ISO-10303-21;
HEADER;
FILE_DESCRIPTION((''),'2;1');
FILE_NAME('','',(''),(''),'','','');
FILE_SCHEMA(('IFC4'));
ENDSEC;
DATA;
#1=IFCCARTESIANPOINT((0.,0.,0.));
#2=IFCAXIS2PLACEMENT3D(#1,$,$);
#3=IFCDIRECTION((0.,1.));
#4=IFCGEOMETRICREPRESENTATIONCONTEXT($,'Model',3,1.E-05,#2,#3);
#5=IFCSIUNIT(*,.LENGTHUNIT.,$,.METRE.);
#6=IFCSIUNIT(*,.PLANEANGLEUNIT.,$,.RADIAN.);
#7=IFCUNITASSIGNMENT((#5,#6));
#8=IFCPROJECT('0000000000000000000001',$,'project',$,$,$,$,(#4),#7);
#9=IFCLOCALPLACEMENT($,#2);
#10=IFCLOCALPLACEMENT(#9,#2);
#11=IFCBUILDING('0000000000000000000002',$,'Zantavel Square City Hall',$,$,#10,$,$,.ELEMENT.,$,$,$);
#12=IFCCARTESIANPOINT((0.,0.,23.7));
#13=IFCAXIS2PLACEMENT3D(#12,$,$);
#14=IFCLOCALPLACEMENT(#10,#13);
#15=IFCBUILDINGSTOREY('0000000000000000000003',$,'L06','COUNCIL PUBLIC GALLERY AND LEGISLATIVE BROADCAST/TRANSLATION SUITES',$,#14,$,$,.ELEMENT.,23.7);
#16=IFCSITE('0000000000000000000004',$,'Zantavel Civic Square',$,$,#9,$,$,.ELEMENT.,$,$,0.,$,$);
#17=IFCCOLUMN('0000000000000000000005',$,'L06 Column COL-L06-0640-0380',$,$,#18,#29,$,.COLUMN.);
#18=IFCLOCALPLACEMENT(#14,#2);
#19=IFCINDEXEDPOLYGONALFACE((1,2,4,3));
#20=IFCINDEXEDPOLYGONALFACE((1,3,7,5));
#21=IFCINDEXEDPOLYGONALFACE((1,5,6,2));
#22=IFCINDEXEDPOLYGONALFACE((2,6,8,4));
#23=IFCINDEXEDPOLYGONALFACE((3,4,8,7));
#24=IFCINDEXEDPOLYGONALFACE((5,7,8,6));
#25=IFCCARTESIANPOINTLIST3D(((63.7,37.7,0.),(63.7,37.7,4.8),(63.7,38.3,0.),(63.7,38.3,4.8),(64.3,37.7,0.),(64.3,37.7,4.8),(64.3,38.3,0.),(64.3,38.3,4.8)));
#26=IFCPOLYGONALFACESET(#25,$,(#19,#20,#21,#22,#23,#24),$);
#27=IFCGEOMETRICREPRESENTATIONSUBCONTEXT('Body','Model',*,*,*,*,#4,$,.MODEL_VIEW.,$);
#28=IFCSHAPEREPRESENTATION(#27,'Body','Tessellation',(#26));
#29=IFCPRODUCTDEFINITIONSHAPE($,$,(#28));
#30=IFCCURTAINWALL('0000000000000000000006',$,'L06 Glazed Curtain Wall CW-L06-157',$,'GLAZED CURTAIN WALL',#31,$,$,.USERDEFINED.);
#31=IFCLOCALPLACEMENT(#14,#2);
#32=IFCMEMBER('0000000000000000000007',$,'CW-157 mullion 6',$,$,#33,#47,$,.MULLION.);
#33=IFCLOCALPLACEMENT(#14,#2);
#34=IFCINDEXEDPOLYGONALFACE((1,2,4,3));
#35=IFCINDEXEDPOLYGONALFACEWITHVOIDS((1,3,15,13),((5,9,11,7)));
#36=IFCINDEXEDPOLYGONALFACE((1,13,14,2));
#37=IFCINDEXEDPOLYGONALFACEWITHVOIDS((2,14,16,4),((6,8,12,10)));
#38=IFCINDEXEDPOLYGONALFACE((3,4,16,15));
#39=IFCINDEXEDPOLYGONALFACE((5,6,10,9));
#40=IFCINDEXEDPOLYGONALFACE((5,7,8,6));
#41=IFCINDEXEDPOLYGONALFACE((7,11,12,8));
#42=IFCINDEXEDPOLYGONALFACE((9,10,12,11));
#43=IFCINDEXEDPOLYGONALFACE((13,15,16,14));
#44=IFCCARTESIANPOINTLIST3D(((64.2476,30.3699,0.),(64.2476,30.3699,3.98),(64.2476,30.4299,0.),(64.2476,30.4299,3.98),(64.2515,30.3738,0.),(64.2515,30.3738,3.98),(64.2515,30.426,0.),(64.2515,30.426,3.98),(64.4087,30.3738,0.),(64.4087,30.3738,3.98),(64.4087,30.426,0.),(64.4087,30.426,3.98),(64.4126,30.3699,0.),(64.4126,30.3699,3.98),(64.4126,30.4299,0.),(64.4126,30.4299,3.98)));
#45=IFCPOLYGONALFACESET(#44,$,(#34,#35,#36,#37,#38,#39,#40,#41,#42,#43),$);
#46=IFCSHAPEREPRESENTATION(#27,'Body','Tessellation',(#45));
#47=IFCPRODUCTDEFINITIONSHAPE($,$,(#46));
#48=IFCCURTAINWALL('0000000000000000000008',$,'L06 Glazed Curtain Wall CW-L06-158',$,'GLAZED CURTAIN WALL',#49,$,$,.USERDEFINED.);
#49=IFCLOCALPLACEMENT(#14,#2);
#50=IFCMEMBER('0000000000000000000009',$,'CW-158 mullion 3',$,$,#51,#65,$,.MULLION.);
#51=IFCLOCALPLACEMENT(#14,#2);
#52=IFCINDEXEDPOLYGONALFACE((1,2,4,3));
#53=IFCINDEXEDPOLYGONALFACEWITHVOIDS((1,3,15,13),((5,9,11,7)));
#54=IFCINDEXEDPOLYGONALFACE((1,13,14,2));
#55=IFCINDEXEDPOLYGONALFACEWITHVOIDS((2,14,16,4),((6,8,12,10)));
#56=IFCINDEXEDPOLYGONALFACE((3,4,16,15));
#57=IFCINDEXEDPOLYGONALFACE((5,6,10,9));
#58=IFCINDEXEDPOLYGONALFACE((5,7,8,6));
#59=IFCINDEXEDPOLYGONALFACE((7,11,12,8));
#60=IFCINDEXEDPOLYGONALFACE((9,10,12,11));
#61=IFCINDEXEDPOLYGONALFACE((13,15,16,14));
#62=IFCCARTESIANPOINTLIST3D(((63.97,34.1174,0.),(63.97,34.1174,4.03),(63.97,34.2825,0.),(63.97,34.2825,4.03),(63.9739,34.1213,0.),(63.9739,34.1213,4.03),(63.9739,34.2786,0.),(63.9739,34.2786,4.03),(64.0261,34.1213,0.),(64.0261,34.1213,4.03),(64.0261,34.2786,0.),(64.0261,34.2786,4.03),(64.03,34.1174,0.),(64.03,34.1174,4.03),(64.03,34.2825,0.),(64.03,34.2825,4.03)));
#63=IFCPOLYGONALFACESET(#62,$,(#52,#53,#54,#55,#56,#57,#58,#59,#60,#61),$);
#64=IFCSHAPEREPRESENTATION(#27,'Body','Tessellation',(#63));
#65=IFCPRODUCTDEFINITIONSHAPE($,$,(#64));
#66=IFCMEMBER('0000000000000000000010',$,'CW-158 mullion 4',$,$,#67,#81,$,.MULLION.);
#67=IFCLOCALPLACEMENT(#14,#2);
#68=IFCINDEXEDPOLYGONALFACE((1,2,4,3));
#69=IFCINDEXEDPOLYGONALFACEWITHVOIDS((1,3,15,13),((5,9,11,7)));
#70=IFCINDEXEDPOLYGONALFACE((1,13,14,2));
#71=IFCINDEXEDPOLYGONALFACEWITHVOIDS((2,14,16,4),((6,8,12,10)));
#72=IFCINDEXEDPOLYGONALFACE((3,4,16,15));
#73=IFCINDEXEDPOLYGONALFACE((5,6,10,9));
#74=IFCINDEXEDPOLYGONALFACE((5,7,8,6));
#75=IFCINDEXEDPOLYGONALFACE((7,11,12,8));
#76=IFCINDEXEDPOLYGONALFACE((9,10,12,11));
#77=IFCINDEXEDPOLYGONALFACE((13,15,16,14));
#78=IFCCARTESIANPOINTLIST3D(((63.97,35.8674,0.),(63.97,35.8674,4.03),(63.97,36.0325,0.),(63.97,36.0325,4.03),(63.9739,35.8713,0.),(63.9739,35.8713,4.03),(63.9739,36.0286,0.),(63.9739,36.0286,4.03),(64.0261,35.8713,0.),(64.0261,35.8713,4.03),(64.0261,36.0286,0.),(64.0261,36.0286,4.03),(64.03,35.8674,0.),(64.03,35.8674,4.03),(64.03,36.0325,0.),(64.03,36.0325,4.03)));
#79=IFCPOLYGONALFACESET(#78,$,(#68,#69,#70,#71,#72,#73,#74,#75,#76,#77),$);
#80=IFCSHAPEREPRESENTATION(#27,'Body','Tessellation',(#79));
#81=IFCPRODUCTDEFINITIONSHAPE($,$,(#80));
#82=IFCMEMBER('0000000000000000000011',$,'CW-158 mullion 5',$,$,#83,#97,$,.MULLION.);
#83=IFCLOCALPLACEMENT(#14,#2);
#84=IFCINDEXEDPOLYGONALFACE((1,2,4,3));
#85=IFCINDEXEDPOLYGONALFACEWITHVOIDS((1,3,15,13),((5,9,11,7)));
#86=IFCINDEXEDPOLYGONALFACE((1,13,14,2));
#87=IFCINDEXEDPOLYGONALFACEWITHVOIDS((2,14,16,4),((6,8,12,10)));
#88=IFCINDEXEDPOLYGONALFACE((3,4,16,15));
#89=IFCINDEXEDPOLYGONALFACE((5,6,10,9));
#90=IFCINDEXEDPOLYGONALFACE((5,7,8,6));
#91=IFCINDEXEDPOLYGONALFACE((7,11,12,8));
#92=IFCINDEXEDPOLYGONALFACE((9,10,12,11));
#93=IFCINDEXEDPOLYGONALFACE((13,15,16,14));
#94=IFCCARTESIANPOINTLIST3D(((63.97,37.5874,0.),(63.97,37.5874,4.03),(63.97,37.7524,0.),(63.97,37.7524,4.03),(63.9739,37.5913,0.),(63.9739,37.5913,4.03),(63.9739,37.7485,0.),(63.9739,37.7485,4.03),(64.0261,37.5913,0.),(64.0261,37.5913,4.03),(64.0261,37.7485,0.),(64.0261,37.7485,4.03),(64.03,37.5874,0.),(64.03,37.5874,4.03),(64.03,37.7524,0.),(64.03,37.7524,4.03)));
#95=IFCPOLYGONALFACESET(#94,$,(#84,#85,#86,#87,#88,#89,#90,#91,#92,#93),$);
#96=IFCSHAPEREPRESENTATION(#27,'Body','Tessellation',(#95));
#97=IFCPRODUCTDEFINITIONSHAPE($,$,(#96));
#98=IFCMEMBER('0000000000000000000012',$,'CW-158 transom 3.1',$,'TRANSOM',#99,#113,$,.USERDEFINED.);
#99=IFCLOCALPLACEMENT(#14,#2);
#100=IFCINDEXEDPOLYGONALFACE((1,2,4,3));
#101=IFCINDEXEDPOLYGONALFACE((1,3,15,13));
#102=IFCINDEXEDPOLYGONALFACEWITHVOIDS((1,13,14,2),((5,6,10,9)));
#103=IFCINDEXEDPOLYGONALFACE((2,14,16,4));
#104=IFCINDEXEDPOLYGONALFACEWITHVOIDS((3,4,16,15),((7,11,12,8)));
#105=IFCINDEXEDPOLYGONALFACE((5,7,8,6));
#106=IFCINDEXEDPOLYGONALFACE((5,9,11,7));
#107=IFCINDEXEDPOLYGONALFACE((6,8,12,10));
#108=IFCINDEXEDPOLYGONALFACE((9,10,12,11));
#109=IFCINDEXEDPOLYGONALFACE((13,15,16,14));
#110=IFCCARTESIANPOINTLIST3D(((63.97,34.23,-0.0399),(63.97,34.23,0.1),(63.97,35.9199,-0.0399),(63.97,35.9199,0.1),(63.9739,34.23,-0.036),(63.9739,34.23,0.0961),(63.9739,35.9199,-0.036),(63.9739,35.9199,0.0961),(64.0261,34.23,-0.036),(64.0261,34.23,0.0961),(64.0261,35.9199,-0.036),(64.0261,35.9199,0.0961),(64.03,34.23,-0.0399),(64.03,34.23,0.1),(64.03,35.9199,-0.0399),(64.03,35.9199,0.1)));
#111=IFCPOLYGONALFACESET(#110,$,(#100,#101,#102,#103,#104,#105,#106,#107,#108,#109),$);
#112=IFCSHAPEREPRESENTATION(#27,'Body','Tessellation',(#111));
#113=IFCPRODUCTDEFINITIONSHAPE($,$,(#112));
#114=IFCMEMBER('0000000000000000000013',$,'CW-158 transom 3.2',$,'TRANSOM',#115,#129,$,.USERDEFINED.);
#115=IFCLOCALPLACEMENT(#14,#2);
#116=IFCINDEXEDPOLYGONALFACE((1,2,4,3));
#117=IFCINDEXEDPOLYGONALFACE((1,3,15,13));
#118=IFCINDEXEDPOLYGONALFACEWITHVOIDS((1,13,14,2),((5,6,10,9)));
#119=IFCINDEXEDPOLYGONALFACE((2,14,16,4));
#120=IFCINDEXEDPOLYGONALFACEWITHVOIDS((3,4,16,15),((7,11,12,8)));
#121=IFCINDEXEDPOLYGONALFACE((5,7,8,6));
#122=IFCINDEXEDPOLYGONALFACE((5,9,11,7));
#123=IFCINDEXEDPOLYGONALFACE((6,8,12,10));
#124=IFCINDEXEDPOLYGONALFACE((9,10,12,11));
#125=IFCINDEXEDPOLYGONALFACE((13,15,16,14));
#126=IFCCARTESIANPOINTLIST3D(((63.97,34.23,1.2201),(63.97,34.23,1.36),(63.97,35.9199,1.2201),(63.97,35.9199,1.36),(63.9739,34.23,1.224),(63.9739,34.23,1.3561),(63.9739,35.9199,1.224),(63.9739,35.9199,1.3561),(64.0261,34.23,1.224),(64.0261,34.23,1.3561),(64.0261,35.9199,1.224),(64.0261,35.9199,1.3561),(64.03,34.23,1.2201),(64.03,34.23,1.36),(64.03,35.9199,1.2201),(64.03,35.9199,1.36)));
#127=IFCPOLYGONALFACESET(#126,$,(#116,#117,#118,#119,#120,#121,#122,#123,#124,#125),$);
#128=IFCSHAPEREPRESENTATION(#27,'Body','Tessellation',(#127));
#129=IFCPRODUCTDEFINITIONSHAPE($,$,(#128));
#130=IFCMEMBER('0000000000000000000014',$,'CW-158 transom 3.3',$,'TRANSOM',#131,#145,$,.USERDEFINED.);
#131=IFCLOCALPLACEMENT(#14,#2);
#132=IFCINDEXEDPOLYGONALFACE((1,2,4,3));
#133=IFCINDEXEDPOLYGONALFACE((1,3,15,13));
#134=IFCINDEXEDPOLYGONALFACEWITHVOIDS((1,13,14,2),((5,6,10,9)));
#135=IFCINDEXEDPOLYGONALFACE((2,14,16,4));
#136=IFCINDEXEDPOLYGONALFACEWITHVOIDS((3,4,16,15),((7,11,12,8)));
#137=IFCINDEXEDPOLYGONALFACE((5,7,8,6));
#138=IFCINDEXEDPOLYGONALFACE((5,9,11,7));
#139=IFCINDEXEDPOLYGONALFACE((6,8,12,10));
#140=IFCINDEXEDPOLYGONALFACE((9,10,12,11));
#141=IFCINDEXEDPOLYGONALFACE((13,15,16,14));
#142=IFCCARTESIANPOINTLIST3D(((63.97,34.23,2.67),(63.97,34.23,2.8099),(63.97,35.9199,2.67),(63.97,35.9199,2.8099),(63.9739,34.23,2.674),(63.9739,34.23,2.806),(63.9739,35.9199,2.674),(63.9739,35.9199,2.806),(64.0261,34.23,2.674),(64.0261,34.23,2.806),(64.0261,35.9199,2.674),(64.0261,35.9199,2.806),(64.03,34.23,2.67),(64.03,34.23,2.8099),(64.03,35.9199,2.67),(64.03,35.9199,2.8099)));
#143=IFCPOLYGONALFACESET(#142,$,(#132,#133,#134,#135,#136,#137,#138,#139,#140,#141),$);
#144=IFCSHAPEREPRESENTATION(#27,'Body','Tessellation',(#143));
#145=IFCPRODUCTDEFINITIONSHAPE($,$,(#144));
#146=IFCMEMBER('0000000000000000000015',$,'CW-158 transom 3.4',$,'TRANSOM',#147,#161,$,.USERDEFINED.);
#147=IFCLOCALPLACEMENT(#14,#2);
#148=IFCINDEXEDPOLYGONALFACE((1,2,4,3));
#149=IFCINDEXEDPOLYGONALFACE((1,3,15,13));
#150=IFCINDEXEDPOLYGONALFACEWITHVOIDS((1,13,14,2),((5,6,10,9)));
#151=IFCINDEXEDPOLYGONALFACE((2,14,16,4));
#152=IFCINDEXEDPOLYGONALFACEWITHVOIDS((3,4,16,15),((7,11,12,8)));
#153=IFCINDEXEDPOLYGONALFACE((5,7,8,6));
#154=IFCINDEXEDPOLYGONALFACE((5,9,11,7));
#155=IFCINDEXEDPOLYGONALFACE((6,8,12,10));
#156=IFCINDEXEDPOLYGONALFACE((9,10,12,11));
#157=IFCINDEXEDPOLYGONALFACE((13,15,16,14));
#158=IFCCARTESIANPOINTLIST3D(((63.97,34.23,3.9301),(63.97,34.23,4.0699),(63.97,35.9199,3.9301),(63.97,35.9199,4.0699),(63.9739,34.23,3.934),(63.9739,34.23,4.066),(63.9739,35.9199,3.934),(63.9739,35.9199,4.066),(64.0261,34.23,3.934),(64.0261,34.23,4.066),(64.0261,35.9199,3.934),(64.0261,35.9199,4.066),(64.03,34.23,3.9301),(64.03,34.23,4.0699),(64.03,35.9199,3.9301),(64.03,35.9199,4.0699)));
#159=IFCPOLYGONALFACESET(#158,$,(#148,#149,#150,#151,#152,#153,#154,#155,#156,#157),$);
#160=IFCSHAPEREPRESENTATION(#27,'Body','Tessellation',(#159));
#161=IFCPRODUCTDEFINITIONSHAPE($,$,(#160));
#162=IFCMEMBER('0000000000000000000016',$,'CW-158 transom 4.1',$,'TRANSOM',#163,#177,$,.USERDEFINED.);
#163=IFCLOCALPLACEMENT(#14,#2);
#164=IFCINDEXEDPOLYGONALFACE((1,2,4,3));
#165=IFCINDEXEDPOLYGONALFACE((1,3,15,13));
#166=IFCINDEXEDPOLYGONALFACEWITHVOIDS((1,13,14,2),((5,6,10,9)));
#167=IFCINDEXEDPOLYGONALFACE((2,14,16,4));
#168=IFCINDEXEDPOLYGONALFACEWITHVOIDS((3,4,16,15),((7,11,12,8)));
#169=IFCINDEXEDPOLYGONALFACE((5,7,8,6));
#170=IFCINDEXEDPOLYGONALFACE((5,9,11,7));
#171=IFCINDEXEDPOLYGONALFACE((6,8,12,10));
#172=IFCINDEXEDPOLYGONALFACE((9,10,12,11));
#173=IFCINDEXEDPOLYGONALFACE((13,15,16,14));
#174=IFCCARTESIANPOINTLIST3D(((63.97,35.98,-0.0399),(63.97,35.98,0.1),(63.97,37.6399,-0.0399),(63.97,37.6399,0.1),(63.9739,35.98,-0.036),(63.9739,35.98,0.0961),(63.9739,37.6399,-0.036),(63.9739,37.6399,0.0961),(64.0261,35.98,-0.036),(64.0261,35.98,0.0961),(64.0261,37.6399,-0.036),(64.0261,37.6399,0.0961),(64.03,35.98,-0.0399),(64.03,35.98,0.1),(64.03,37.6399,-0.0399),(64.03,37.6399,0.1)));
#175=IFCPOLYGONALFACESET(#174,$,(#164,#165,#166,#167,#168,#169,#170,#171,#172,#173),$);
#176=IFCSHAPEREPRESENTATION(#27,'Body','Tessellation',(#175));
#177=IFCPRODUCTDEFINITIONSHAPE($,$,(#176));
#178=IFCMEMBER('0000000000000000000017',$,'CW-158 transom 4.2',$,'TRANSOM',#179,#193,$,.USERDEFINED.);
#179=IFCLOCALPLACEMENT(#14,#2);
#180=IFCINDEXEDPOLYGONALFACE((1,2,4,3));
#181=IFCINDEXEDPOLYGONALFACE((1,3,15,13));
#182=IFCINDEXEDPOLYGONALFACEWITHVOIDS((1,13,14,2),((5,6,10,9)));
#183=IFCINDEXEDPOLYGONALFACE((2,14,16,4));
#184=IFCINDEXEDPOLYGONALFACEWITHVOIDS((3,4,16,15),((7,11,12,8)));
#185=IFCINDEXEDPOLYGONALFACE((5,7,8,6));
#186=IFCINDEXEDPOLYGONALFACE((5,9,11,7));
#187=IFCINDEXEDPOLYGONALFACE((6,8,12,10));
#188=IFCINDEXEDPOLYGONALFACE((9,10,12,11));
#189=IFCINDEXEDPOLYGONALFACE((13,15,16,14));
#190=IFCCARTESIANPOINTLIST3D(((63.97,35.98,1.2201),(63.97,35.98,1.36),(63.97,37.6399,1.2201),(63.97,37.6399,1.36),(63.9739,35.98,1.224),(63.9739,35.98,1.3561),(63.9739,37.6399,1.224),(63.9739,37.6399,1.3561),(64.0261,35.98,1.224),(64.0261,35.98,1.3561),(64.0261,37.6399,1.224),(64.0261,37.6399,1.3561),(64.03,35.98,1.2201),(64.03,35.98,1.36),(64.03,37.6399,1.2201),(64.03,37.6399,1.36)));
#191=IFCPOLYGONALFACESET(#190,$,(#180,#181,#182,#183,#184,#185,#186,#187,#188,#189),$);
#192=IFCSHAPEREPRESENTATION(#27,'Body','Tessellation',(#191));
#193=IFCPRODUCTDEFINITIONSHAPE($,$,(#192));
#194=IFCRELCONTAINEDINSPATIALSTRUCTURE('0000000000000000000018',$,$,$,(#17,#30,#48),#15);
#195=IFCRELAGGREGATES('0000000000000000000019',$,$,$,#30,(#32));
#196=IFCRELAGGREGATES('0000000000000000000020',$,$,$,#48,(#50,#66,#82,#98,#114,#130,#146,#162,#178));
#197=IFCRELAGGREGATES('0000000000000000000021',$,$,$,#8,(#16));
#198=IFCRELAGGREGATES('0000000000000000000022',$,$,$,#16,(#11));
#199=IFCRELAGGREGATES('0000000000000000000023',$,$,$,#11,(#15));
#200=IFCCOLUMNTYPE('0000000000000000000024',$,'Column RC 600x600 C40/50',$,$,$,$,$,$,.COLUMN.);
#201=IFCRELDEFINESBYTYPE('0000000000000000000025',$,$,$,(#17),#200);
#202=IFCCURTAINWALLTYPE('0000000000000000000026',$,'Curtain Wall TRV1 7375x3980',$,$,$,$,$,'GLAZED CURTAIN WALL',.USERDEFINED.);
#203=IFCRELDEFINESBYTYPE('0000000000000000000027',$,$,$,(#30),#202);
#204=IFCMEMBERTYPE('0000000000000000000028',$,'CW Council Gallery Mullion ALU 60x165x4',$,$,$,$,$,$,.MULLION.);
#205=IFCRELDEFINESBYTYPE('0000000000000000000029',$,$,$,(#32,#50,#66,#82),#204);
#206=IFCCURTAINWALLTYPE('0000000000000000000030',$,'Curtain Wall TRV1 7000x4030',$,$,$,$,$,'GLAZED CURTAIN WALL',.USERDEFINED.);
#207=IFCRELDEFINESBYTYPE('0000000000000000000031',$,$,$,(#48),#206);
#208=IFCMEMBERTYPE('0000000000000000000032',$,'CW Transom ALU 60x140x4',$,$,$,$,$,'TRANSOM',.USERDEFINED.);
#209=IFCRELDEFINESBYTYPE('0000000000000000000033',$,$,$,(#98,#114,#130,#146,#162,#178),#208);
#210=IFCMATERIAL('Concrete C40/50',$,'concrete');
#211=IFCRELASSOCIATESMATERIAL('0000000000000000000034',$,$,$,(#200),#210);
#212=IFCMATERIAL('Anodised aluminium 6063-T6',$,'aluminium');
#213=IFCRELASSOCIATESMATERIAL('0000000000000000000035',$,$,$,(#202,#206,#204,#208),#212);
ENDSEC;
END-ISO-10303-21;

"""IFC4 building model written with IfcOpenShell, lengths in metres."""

from ifc_helpers import new_model, si_unit, direction, frame, origin, origin_2d, place, context, subcontext, project, spatial, rectangle, hollow_rectangle, extrude, material, material_profile, profile_set, type_object, element, aggregate, save


model = new_model("IFC4")

# Units and contexts
model_context = context("Model", 3, precision=1e-05, world=origin(), true_north=direction((0.0, 1.0)))
body_context = subcontext(model_context, "Body", "Model", "MODEL_VIEW")
ifc_project = project(units=[si_unit("LENGTHUNIT", "METRE"), si_unit("PLANEANGLEUNIT", "RADIAN")], contexts=[model_context])

# Site, building, storey
site_placement = place(None, origin())
site = spatial("IfcSite", under=ifc_project, at=site_placement, Name="Zantavel Civic Square", CompositionType="ELEMENT", RefElevation=0.0)
building_placement = place(site_placement, origin())
building = spatial("IfcBuilding", under=site, at=building_placement, Name="Zantavel Square City Hall", CompositionType="ELEMENT")
storey_placement = place(building_placement, frame((0.0, 0.0, 23.7)))
storey = spatial("IfcBuildingStorey", under=building, at=storey_placement, Name="L06", Description="COUNCIL PUBLIC GALLERY AND LEGISLATIVE BROADCAST/TRANSLATION SUITES", CompositionType="ELEMENT", Elevation=23.7)

# Column
ifc_material_1 = material(Name="Concrete C40/50", Category="concrete")
ifc_material_profile_1 = material_profile(ifc_material_1, rectangle(XDim=0.6001, YDim=0.6001, at=origin_2d()), Name="RC 600x600")
ifc_profile_set_1 = profile_set([ifc_material_profile_1], Name="Concrete C40/50")
column_type = type_object("IfcColumnType", Name="Column RC 600x600 C40/50", PredefinedType="COLUMN", material=ifc_profile_set_1)
column_placement = place(storey_placement, frame((64.0, 38.0, 0.0), z_axis=(0.0, 0.0, 1.0), x_axis=(1.0, 0.0, 0.0)))
element("IfcColumn", 1, at=column_placement, inside=storey, type_object=column_type, Name="L06 Column COL-L06-0640-0380", PredefinedType="COLUMN", context=body_context, shape_type="SweptSolid", body=[
    extrude(rectangle(XDim=0.6001, YDim=0.6001, at=origin_2d()), origin(), (0.0, 0.0, 1.0), 4.8),
])

# Curtain wall, member
ifc_material_2 = material(Name="Anodised aluminium 6063-T6", Category="aluminium")
curtain_wall_type_1 = type_object("IfcCurtainWallType", Name="Curtain Wall TRV1 7375x3980", ElementType="GLAZED CURTAIN WALL", PredefinedType="USERDEFINED", material=ifc_material_2)
curtain_wall_1_placement = place(storey_placement, origin())
curtain_wall_1 = element("IfcCurtainWall", 2, at=curtain_wall_1_placement, inside=storey, type_object=curtain_wall_type_1, Name="L06 Glazed Curtain Wall CW-L06-157", ObjectType="GLAZED CURTAIN WALL", PredefinedType="USERDEFINED")
ifc_material_profile_2 = material_profile(ifc_material_2, hollow_rectangle(XDim=0.0601, YDim=0.165, WallThickness=0.0039, at=origin_2d()), Name="ALU 60x165x4")
ifc_profile_set_2 = profile_set([ifc_material_profile_2], Name="Anodised aluminium 6063-T6")
member_type_1 = type_object("IfcMemberType", Name="CW Council Gallery Mullion ALU 60x165x4", PredefinedType="MULLION", material=ifc_profile_set_2)
member_1_placement = place(storey_placement, frame((64.3301, 30.3999, 0.0), z_axis=(0.0, 0.0, 1.0), x_axis=(0.0, -1.0, 0.0)))
member_1 = element("IfcMember", 3, at=member_1_placement, type_object=member_type_1, Name="CW-157 mullion 6", PredefinedType="MULLION", context=body_context, shape_type="SweptSolid", body=[
    extrude(hollow_rectangle(XDim=0.0601, YDim=0.165, WallThickness=0.0039, at=origin_2d()), origin(), (0.0, 0.0, 1.0), 3.98),
])

# Curtain wall, members
curtain_wall_type_2 = type_object("IfcCurtainWallType", Name="Curtain Wall TRV1 7000x4030", ElementType="GLAZED CURTAIN WALL", PredefinedType="USERDEFINED", material=ifc_material_2)
curtain_wall_2_placement = place(storey_placement, origin())
curtain_wall_2 = element("IfcCurtainWall", 4, at=curtain_wall_2_placement, inside=storey, type_object=curtain_wall_type_2, Name="L06 Glazed Curtain Wall CW-L06-158", ObjectType="GLAZED CURTAIN WALL", PredefinedType="USERDEFINED")
member_2_placement = place(storey_placement, frame((64.0, 34.2, 0.0), z_axis=(0.0, 0.0, 1.0), x_axis=(-1.0, 0.0, 0.0)))
member_2 = element("IfcMember", 5, at=member_2_placement, type_object=member_type_1, Name="CW-158 mullion 3", PredefinedType="MULLION", context=body_context, shape_type="SweptSolid", body=[
    extrude(hollow_rectangle(XDim=0.0601, YDim=0.165, WallThickness=0.0039, at=origin_2d()), origin(), (0.0, 0.0, 1.0), 4.03),
])
member_3_placement = place(storey_placement, frame((64.0, 35.95, 0.0), z_axis=(0.0, 0.0, 1.0), x_axis=(-1.0, 0.0, 0.0)))
member_3 = element("IfcMember", 6, at=member_3_placement, type_object=member_type_1, Name="CW-158 mullion 4", PredefinedType="MULLION", context=body_context, shape_type="SweptSolid", body=[
    extrude(hollow_rectangle(XDim=0.0601, YDim=0.165, WallThickness=0.0039, at=origin_2d()), origin(), (0.0, 0.0, 1.0), 4.03),
])
member_4_placement = place(storey_placement, frame((64.0, 37.6699, 0.0), z_axis=(0.0, 0.0, 1.0), x_axis=(-1.0, 0.0, 0.0)))
member_4 = element("IfcMember", 7, at=member_4_placement, type_object=member_type_1, Name="CW-158 mullion 5", PredefinedType="MULLION", context=body_context, shape_type="SweptSolid", body=[
    extrude(hollow_rectangle(XDim=0.0601, YDim=0.165, WallThickness=0.0039, at=origin_2d()), origin(), (0.0, 0.0, 1.0), 4.03),
])
ifc_material_profile_3 = material_profile(ifc_material_2, hollow_rectangle(XDim=0.0601, YDim=0.1399, WallThickness=0.0039, at=origin_2d()), Name="ALU 60x140x4")
ifc_profile_set_3 = profile_set([ifc_material_profile_3], Name="Anodised aluminium 6063-T6")
member_type_2 = type_object("IfcMemberType", Name="CW Transom ALU 60x140x4", ElementType="TRANSOM", PredefinedType="USERDEFINED", material=ifc_profile_set_3)
member_5_placement = place(storey_placement, frame((64.0, 34.23, 0.03), z_axis=(0.0, 1.0, 0.0), x_axis=(-1.0, 0.0, 0.0)))
member_5 = element("IfcMember", 8, at=member_5_placement, type_object=member_type_2, Name="CW-158 transom 3.1", ObjectType="TRANSOM", PredefinedType="USERDEFINED", context=body_context, shape_type="SweptSolid", body=[
    extrude(hollow_rectangle(XDim=0.0601, YDim=0.1399, WallThickness=0.0039, at=origin_2d()), origin(), (0.0, 0.0, 1.0), 1.6899),
])
member_6_placement = place(storey_placement, frame((64.0, 34.23, 1.29), z_axis=(0.0, 1.0, 0.0), x_axis=(-1.0, 0.0, 0.0)))
member_6 = element("IfcMember", 9, at=member_6_placement, type_object=member_type_2, Name="CW-158 transom 3.2", ObjectType="TRANSOM", PredefinedType="USERDEFINED", context=body_context, shape_type="SweptSolid", body=[
    extrude(hollow_rectangle(XDim=0.0601, YDim=0.1399, WallThickness=0.0039, at=origin_2d()), origin(), (0.0, 0.0, 1.0), 1.6899),
])
member_7_placement = place(storey_placement, frame((64.0, 34.23, 2.74), z_axis=(0.0, 1.0, 0.0), x_axis=(-1.0, 0.0, 0.0)))
member_7 = element("IfcMember", 10, at=member_7_placement, type_object=member_type_2, Name="CW-158 transom 3.3", ObjectType="TRANSOM", PredefinedType="USERDEFINED", context=body_context, shape_type="SweptSolid", body=[
    extrude(hollow_rectangle(XDim=0.0601, YDim=0.1399, WallThickness=0.0039, at=origin_2d()), origin(), (0.0, 0.0, 1.0), 1.6899),
])
member_8_placement = place(storey_placement, frame((64.0, 34.23, 4.0), z_axis=(0.0, 1.0, 0.0), x_axis=(-1.0, 0.0, 0.0)))
member_8 = element("IfcMember", 11, at=member_8_placement, type_object=member_type_2, Name="CW-158 transom 3.4", ObjectType="TRANSOM", PredefinedType="USERDEFINED", context=body_context, shape_type="SweptSolid", body=[
    extrude(hollow_rectangle(XDim=0.0601, YDim=0.1399, WallThickness=0.0039, at=origin_2d()), origin(), (0.0, 0.0, 1.0), 1.6899),
])
member_9_placement = place(storey_placement, frame((64.0, 35.98, 0.03), z_axis=(0.0, 1.0, 0.0), x_axis=(-1.0, 0.0, 0.0)))
member_9 = element("IfcMember", 12, at=member_9_placement, type_object=member_type_2, Name="CW-158 transom 4.1", ObjectType="TRANSOM", PredefinedType="USERDEFINED", context=body_context, shape_type="SweptSolid", body=[
    extrude(hollow_rectangle(XDim=0.0601, YDim=0.1399, WallThickness=0.0039, at=origin_2d()), origin(), (0.0, 0.0, 1.0), 1.6599),
])
member_10_placement = place(storey_placement, frame((64.0, 35.98, 1.29), z_axis=(0.0, 1.0, 0.0), x_axis=(-1.0, 0.0, 0.0)))
member_10 = element("IfcMember", 13, at=member_10_placement, type_object=member_type_2, Name="CW-158 transom 4.2", ObjectType="TRANSOM", PredefinedType="USERDEFINED", context=body_context, shape_type="SweptSolid", body=[
    extrude(hollow_rectangle(XDim=0.0601, YDim=0.1399, WallThickness=0.0039, at=origin_2d()), origin(), (0.0, 0.0, 1.0), 1.6599),
])

aggregate(curtain_wall_1, [member_1])
aggregate(curtain_wall_2, [member_2, member_3, member_4, member_5, member_6, member_7, member_8, member_9, member_10])

save(model, "model.ifc")
